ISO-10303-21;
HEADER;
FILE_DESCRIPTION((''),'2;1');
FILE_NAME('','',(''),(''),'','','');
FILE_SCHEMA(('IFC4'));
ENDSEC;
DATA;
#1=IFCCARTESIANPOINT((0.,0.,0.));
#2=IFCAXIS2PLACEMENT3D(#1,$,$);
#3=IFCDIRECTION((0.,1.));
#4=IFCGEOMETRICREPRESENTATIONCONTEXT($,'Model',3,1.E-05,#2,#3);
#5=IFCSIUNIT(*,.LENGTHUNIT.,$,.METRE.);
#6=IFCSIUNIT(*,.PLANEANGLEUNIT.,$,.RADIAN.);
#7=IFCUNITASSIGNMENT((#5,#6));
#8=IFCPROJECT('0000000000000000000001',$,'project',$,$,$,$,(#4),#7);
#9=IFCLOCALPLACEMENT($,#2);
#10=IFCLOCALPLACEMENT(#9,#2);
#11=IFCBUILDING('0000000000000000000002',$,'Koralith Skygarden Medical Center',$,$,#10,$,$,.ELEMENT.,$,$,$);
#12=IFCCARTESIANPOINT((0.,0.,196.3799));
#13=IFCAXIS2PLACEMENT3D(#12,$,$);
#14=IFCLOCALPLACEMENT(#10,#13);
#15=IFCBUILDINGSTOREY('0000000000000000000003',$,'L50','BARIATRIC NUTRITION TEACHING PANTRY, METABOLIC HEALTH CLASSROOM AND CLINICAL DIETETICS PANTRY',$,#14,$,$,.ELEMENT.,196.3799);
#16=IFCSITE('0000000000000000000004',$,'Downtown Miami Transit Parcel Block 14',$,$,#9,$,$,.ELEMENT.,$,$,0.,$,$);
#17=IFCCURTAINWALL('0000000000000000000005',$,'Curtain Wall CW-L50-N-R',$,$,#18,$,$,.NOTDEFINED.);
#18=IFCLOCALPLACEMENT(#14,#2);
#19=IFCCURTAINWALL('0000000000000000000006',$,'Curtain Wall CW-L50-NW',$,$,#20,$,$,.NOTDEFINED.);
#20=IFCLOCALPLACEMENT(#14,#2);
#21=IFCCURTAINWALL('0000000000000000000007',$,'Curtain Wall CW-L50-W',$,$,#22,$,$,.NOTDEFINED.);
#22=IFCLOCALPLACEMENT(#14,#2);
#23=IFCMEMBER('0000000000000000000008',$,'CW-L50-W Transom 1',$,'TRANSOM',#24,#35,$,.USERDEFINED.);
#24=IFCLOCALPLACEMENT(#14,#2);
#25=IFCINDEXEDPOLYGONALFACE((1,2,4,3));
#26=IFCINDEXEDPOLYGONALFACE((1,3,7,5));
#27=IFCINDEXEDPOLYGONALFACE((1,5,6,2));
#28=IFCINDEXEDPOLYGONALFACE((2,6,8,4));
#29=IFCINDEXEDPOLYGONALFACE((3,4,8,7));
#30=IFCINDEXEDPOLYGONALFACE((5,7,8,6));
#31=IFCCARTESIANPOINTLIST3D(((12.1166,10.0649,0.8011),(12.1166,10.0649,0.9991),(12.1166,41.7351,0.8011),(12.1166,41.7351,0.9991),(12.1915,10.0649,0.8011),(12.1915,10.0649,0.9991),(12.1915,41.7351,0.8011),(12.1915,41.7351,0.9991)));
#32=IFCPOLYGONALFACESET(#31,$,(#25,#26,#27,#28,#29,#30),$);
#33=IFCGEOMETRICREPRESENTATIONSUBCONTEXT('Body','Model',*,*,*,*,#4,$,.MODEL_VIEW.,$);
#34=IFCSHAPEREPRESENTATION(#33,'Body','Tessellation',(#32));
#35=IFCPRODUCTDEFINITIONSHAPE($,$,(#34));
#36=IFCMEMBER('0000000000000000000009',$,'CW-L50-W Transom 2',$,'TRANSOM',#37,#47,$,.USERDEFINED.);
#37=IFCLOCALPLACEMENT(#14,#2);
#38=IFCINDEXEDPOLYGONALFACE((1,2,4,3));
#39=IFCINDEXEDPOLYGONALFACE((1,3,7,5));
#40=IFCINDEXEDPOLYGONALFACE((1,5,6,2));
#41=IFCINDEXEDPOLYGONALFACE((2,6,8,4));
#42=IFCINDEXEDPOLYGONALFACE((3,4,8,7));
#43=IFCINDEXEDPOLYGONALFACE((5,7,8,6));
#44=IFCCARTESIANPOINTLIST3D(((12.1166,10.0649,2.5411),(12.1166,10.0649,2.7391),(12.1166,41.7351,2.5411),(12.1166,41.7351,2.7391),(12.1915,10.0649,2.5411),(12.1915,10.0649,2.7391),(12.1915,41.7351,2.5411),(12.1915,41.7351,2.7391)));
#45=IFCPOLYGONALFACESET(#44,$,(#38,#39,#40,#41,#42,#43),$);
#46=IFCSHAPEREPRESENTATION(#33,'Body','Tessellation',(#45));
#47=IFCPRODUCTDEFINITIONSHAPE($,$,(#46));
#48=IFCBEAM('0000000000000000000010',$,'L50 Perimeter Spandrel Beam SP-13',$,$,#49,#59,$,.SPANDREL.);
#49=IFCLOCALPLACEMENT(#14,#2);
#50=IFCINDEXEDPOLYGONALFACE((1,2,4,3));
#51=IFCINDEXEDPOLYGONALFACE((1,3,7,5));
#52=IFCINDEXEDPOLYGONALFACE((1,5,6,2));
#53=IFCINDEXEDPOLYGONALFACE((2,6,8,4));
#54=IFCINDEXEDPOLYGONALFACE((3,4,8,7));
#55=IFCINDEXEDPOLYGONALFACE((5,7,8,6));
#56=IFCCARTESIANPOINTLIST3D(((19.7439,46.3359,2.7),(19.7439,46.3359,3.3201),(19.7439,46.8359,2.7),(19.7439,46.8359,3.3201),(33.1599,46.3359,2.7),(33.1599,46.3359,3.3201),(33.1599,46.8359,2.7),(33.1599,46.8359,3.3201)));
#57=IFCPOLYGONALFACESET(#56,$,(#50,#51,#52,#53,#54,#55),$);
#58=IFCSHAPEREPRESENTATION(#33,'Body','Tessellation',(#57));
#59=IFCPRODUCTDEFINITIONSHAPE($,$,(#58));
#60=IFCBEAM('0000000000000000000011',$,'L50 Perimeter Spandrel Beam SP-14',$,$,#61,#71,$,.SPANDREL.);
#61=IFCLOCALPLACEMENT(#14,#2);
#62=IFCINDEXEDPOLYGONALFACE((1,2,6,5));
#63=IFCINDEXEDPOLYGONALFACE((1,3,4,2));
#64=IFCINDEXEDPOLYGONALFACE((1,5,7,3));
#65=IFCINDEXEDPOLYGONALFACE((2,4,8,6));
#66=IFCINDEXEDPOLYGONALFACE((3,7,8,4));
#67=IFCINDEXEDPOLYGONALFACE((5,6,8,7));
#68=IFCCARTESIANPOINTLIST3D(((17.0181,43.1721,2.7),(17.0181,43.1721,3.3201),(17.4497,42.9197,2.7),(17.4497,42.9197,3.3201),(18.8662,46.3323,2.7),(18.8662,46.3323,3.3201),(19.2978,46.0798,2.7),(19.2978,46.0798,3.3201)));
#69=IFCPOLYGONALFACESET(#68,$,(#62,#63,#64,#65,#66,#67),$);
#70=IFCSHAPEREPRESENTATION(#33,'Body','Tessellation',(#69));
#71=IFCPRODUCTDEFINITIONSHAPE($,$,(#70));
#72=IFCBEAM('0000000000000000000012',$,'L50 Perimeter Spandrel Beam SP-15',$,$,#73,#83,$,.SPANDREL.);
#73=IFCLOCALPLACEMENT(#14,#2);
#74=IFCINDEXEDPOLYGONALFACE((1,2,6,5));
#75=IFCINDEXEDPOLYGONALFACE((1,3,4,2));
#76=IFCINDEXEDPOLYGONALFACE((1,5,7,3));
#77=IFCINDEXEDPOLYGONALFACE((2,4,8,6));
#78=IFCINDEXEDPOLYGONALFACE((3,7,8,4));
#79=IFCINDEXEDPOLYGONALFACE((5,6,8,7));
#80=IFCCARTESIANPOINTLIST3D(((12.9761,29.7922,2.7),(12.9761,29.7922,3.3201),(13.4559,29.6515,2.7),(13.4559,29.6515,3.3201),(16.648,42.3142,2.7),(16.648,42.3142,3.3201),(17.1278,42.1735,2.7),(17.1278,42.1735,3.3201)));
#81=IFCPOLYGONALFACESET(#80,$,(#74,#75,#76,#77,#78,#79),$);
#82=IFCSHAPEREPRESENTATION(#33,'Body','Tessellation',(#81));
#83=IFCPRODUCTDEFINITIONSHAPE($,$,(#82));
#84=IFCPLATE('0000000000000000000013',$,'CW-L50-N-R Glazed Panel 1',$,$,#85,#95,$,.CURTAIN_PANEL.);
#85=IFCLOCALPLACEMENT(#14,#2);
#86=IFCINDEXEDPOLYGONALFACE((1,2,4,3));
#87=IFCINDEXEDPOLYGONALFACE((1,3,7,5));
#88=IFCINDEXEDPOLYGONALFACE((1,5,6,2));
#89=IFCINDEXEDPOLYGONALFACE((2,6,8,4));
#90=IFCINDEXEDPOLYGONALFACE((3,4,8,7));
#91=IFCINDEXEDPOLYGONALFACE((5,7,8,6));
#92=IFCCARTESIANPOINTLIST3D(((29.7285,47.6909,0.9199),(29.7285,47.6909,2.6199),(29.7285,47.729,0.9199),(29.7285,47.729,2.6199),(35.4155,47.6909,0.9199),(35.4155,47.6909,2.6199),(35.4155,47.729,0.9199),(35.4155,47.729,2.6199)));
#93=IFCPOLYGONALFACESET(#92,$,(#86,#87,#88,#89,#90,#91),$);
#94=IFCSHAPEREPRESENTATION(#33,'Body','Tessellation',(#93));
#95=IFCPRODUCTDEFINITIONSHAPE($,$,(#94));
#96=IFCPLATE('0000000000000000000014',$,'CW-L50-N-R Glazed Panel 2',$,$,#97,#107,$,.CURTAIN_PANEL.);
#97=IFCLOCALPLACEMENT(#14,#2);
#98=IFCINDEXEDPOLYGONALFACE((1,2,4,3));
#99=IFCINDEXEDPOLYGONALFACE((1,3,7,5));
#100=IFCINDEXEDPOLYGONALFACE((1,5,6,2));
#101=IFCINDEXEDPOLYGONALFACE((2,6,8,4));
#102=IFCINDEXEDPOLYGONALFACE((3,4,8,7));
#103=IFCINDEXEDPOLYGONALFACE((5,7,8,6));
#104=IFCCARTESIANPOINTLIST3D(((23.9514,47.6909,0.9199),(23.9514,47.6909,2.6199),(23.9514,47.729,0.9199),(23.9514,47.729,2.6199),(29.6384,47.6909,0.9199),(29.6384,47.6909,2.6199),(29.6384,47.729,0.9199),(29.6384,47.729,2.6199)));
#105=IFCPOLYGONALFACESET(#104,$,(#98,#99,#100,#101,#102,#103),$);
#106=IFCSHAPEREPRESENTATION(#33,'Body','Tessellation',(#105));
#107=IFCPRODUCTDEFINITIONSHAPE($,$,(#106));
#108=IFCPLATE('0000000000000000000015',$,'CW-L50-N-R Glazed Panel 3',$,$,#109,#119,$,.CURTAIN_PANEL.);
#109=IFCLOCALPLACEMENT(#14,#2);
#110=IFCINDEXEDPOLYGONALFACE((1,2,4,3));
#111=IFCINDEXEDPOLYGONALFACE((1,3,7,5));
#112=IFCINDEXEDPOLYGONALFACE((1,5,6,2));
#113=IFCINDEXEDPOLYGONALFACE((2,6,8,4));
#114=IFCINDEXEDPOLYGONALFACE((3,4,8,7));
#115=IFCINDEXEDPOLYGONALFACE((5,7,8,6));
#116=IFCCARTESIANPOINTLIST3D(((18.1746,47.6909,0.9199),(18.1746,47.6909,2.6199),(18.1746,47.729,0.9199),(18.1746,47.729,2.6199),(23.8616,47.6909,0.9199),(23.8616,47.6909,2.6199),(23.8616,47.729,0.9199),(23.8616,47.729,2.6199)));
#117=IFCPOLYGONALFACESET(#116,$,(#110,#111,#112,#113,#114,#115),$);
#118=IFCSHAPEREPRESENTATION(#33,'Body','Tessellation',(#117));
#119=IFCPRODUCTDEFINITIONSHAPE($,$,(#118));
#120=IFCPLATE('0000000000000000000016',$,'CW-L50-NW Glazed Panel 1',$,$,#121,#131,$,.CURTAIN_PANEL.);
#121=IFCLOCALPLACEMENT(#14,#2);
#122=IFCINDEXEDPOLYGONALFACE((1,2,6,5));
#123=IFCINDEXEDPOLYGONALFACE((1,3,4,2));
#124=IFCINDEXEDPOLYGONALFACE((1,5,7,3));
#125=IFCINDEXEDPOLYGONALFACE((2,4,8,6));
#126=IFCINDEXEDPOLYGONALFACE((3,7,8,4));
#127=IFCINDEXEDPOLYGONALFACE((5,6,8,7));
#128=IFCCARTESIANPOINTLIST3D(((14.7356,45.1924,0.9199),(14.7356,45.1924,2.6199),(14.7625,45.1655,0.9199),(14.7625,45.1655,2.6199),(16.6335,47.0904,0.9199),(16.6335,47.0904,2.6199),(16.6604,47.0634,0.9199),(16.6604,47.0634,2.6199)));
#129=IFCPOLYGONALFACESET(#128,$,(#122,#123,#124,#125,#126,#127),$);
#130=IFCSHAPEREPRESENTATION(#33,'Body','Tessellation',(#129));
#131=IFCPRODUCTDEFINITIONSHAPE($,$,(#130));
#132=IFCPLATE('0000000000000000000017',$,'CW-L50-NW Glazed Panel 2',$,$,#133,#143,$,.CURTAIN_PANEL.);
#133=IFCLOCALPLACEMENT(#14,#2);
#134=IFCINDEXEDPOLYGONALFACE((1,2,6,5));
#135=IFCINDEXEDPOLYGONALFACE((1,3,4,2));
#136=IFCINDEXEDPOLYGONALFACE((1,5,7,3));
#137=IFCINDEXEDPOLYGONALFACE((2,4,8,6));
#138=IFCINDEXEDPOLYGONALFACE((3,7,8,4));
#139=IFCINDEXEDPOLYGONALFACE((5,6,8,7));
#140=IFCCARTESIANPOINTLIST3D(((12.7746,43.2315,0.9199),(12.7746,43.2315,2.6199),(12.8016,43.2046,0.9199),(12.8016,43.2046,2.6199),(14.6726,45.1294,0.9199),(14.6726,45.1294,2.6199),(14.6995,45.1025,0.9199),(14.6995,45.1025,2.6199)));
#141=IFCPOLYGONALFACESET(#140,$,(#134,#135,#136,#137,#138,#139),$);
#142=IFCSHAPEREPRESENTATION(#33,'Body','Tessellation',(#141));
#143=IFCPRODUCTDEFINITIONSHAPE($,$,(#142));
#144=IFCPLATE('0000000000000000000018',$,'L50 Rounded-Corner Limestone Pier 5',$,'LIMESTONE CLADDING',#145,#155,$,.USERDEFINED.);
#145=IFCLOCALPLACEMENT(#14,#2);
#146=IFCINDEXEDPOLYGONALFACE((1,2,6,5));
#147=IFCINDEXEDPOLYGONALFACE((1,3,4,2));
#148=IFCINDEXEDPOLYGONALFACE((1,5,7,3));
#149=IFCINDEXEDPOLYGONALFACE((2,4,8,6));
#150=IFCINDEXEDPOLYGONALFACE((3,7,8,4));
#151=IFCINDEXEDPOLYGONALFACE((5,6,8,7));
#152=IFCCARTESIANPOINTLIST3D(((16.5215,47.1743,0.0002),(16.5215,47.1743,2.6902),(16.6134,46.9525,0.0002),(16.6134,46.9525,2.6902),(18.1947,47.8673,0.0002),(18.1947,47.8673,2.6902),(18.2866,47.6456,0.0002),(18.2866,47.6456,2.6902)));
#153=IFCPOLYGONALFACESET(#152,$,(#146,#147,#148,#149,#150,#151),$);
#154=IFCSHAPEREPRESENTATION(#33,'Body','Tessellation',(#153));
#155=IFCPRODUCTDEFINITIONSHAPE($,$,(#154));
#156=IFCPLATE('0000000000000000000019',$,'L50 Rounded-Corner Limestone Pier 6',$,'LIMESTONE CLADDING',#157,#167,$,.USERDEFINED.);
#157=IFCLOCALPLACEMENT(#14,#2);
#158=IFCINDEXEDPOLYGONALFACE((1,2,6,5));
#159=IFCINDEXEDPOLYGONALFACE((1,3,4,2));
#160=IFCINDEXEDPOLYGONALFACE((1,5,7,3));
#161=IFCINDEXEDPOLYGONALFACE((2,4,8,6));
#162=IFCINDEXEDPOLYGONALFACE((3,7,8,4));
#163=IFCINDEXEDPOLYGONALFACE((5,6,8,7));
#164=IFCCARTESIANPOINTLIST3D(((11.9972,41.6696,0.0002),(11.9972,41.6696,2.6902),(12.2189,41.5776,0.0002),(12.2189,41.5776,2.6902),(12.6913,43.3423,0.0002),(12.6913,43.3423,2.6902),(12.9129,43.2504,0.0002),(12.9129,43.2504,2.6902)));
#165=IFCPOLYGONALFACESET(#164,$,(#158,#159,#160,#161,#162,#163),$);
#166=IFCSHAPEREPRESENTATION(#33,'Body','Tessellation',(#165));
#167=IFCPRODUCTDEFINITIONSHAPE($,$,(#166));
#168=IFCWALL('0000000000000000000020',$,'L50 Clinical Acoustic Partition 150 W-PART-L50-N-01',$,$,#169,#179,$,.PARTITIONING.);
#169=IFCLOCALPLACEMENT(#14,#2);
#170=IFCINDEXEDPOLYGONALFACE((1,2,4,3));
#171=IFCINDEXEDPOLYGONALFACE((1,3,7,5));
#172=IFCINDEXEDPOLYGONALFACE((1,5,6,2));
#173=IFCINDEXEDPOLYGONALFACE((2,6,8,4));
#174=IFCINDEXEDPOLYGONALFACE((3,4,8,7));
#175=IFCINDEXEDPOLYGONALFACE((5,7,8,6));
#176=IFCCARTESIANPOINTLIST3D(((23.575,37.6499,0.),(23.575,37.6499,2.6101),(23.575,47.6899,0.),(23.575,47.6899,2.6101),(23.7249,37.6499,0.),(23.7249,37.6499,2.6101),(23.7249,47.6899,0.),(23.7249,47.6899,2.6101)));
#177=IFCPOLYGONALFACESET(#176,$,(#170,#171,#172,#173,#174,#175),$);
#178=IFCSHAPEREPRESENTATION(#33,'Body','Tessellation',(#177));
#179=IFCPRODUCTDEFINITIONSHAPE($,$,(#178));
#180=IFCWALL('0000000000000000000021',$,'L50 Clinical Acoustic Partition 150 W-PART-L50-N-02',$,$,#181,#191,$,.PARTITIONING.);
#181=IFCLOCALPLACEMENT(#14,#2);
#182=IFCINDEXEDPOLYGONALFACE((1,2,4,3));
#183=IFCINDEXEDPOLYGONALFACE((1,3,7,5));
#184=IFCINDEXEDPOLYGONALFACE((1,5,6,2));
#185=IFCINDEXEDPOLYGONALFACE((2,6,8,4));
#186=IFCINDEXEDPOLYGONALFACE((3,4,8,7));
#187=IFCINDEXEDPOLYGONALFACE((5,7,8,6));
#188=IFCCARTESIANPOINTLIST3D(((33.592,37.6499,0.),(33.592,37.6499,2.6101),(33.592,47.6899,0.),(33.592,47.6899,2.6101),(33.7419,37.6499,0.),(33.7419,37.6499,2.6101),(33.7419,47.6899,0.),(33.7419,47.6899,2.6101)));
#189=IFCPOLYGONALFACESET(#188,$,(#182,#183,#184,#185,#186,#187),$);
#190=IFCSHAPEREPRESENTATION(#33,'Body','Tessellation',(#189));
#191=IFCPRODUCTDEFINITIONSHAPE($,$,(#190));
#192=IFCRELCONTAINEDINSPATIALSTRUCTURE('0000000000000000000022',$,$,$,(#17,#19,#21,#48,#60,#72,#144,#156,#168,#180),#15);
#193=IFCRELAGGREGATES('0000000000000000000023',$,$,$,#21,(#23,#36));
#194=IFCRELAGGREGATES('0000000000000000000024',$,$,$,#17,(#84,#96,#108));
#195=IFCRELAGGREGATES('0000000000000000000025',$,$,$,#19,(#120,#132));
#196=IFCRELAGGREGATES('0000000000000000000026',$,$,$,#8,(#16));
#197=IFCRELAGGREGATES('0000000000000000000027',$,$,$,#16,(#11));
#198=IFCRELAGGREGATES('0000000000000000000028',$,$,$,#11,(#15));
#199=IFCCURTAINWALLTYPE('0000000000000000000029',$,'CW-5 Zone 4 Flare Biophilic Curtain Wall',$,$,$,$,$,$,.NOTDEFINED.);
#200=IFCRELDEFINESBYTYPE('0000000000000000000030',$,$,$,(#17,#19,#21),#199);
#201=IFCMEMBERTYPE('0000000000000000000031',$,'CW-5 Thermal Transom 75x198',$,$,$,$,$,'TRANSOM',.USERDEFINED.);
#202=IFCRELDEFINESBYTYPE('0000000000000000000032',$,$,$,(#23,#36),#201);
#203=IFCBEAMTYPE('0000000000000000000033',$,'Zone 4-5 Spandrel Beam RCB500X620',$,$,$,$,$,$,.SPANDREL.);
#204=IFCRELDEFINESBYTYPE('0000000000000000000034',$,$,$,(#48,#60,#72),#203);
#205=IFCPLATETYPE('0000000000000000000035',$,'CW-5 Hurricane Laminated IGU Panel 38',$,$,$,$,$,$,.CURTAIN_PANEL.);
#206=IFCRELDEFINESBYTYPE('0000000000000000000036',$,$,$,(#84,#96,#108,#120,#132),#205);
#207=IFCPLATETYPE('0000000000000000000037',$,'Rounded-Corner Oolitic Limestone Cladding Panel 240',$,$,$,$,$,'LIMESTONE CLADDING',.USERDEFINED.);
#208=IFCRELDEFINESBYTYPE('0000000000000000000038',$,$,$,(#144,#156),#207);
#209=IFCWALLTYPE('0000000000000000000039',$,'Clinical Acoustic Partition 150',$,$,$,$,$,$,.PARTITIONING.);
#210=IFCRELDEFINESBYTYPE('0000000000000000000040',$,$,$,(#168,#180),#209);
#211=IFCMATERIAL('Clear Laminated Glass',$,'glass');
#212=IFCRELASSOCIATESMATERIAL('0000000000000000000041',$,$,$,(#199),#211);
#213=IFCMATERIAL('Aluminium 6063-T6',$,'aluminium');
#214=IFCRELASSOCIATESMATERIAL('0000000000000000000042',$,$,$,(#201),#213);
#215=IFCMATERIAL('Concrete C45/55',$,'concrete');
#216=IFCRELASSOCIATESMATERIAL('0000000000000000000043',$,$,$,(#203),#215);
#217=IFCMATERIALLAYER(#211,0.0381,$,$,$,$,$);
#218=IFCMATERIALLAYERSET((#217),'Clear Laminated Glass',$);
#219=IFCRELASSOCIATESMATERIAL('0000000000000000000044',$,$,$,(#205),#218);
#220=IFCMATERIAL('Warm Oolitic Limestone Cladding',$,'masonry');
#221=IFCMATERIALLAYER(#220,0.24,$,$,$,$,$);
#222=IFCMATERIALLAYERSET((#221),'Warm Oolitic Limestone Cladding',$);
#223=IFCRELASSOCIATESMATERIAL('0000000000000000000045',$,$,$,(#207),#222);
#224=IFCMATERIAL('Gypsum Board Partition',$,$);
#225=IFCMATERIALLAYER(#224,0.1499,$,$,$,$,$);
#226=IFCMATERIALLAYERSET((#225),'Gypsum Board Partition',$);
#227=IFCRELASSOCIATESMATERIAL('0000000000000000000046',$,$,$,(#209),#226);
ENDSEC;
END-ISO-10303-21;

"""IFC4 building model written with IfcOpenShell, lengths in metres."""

from ifc_helpers import new_model, si_unit, direction, frame, frame_2d, origin, origin_2d, place, context, subcontext, project, spatial, rectangle, extrude, material, layer, layer_set, material_profile, profile_set, type_object, element, aggregate, save


model = new_model("IFC4")

# Units and contexts
model_context = context("Model", 3, precision=1e-05, world=origin(), true_north=direction((0.0, 1.0)))
body_context = subcontext(model_context, "Body", "Model", "MODEL_VIEW")
ifc_project = project(units=[si_unit("LENGTHUNIT", "METRE"), si_unit("PLANEANGLEUNIT", "RADIAN")], contexts=[model_context])

# Site, building, storey
site_placement = place(None, origin())
site = spatial("IfcSite", under=ifc_project, at=site_placement, Name="Downtown Miami Transit Parcel Block 14", CompositionType="ELEMENT", RefElevation=0.0)
building_placement = place(site_placement, origin())
building = spatial("IfcBuilding", under=site, at=building_placement, Name="Koralith Skygarden Medical Center", CompositionType="ELEMENT")
storey_placement = place(building_placement, frame((0.0, 0.0, 196.3799)))
storey = spatial("IfcBuildingStorey", under=building, at=storey_placement, Name="L50", Description="BARIATRIC NUTRITION TEACHING PANTRY, METABOLIC HEALTH CLASSROOM AND CLINICAL DIETETICS PANTRY", CompositionType="ELEMENT", Elevation=196.3799)

# Curtain walls
ifc_material_1 = material(Name="Clear Laminated Glass", Category="glass")
curtain_wall_type = type_object("IfcCurtainWallType", Name="CW-5 Zone 4 Flare Biophilic Curtain Wall", PredefinedType="NOTDEFINED", material=ifc_material_1)
curtain_wall_1_placement = place(storey_placement, origin())
curtain_wall_1 = element("IfcCurtainWall", 1, at=curtain_wall_1_placement, inside=storey, type_object=curtain_wall_type, Name="Curtain Wall CW-L50-N-R", PredefinedType="NOTDEFINED")
ifc_material_2 = material(Name="Aluminium 6063-T6", Category="aluminium")
curtain_wall_2_placement = place(storey_placement, origin())
curtain_wall_2 = element("IfcCurtainWall", 2, at=curtain_wall_2_placement, inside=storey, type_object=curtain_wall_type, Name="Curtain Wall CW-L50-NW", PredefinedType="NOTDEFINED")

# Curtain wall
curtain_wall_3_placement = place(storey_placement, origin())
curtain_wall_3 = element("IfcCurtainWall", 3, at=curtain_wall_3_placement, inside=storey, type_object=curtain_wall_type, Name="Curtain Wall CW-L50-W", PredefinedType="NOTDEFINED")

# Members
ifc_material_profile_1 = material_profile(ifc_material_2, rectangle(XDim=0.075, YDim=0.198, at=origin_2d()), Name="TRN75X198")
ifc_profile_set_1 = profile_set([ifc_material_profile_1], Name="Aluminium 6063-T6")
member_type_1 = type_object("IfcMemberType", Name="CW-5 Thermal Transom 75x198", ElementType="TRANSOM", PredefinedType="USERDEFINED", material=ifc_profile_set_1)
member_1_placement = place(storey_placement, frame((12.1541, 41.7351, 0.9001), z_axis=(0.0, -1.0, 0.0), x_axis=(1.0, 0.0, 0.0)))
member_1 = element("IfcMember", 4, at=member_1_placement, type_object=member_type_1, Name="CW-L50-W Transom 1", ObjectType="TRANSOM", PredefinedType="USERDEFINED", context=body_context, shape_type="SweptSolid", body=[
    extrude(rectangle(XDim=0.075, YDim=0.198, at=origin_2d()), origin(), (0.0, 0.0, 1.0), 31.6702),
])
member_2_placement = place(storey_placement, frame((12.1541, 41.7351, 2.6401), z_axis=(0.0, -1.0, 0.0), x_axis=(1.0, 0.0, 0.0)))
member_2 = element("IfcMember", 5, at=member_2_placement, type_object=member_type_1, Name="CW-L50-W Transom 2", ObjectType="TRANSOM", PredefinedType="USERDEFINED", context=body_context, shape_type="SweptSolid", body=[
    extrude(rectangle(XDim=0.075, YDim=0.198, at=origin_2d()), origin(), (0.0, 0.0, 1.0), 31.6702),
])
aggregate(curtain_wall_3, [member_1, member_2])

# Beams
ifc_material_3 = material(Name="Concrete C45/55", Category="concrete")
ifc_material_profile_2 = material_profile(ifc_material_3, rectangle(XDim=0.5, YDim=0.6201, at=origin_2d()), Name="RCB500X620")
ifc_profile_set_2 = profile_set([ifc_material_profile_2], Name="Concrete C45/55")
beam_type = type_object("IfcBeamType", Name="Zone 4-5 Spandrel Beam RCB500X620", PredefinedType="SPANDREL", material=ifc_profile_set_2)
beam_1_placement = place(storey_placement, frame((33.1599, 46.5859, 3.01), z_axis=(-1.0, 0.0, 0.0), x_axis=(0.0, -1.0, 0.0)))
element("IfcBeam", 6, at=beam_1_placement, inside=storey, type_object=beam_type, Name="L50 Perimeter Spandrel Beam SP-13", PredefinedType="SPANDREL", context=body_context, shape_type="SweptSolid", body=[
    extrude(rectangle(XDim=0.5, YDim=0.6201, at=origin_2d()), origin(), (0.0, 0.0, 1.0), 13.416),
])
beam_2_placement = place(storey_placement, frame((19.082, 46.2061, 3.01), z_axis=(-0.504833, -0.863217, 0.0), x_axis=(0.863217, -0.504833, 0.0)))
element("IfcBeam", 7, at=beam_2_placement, inside=storey, type_object=beam_type, Name="L50 Perimeter Spandrel Beam SP-14", PredefinedType="SPANDREL", context=body_context, shape_type="SweptSolid", body=[
    extrude(rectangle(XDim=0.5, YDim=0.6201, at=origin_2d()), origin(), (0.0, 0.0, 1.0), 3.6609),
])
beam_3_placement = place(storey_placement, frame((16.8879, 42.2439, 3.01), z_axis=(-0.281386, -0.959595, 0.0), x_axis=(0.959595, -0.281386, 0.0)))
element("IfcBeam", 8, at=beam_3_placement, inside=storey, type_object=beam_type, Name="L50 Perimeter Spandrel Beam SP-15", PredefinedType="SPANDREL", context=body_context, shape_type="SweptSolid", body=[
    extrude(rectangle(XDim=0.5, YDim=0.6201, at=origin_2d()), origin(), (0.0, 0.0, 1.0), 13.0493),
])

# Plates
ifc_layer_1 = layer(ifc_material_1, 0.0381)
ifc_layer_set_1 = layer_set([ifc_layer_1], Name="Clear Laminated Glass")
plate_type_1 = type_object("IfcPlateType", Name="CW-5 Hurricane Laminated IGU Panel 38", PredefinedType="CURTAIN_PANEL", material=ifc_layer_set_1)
plate_1_placement = place(storey_placement, frame((32.572, 47.71, 0.9199), z_axis=(0.0, 0.0, 1.0), x_axis=(-1.0, 0.0, 0.0)))
plate_1 = element("IfcPlate", 9, at=plate_1_placement, type_object=plate_type_1, Name="CW-L50-N-R Glazed Panel 1", PredefinedType="CURTAIN_PANEL", context=body_context, shape_type="SweptSolid", body=[
    extrude(rectangle(XDim=5.687, YDim=0.0381, at=origin_2d()), origin(), (0.0, 0.0, 1.0), 1.7),
])
plate_2_placement = place(storey_placement, frame((26.7949, 47.71, 0.9199), z_axis=(0.0, 0.0, 1.0), x_axis=(-1.0, 0.0, 0.0)))
plate_2 = element("IfcPlate", 10, at=plate_2_placement, type_object=plate_type_1, Name="CW-L50-N-R Glazed Panel 2", PredefinedType="CURTAIN_PANEL", context=body_context, shape_type="SweptSolid", body=[
    extrude(rectangle(XDim=5.687, YDim=0.0381, at=origin_2d()), origin(), (0.0, 0.0, 1.0), 1.7),
])
plate_3_placement = place(storey_placement, frame((21.0181, 47.71, 0.9199), z_axis=(0.0, 0.0, 1.0), x_axis=(-1.0, 0.0, 0.0)))
plate_3 = element("IfcPlate", 11, at=plate_3_placement, type_object=plate_type_1, Name="CW-L50-N-R Glazed Panel 3", PredefinedType="CURTAIN_PANEL", context=body_context, shape_type="SweptSolid", body=[
    extrude(rectangle(XDim=5.687, YDim=0.0381, at=origin_2d()), origin(), (0.0, 0.0, 1.0), 1.7),
])
aggregate(curtain_wall_1, [plate_1, plate_2, plate_3])
plate_4_placement = place(storey_placement, frame((15.698, 46.1279, 0.9199), z_axis=(0.0, 0.0, 1.0), x_axis=(-0.707107, -0.707107, 0.0)))
plate_4 = element("IfcPlate", 12, at=plate_4_placement, type_object=plate_type_1, Name="CW-L50-NW Glazed Panel 1", PredefinedType="CURTAIN_PANEL", context=body_context, shape_type="SweptSolid", body=[
    extrude(rectangle(XDim=2.6841, YDim=0.0381, at=origin_2d()), origin(), (0.0, 0.0, 1.0), 1.7),
])
plate_5_placement = place(storey_placement, frame((13.7371, 44.167, 0.9199), z_axis=(0.0, 0.0, 1.0), x_axis=(-0.707107, -0.707107, 0.0)))
plate_5 = element("IfcPlate", 13, at=plate_5_placement, type_object=plate_type_1, Name="CW-L50-NW Glazed Panel 2", PredefinedType="CURTAIN_PANEL", context=body_context, shape_type="SweptSolid", body=[
    extrude(rectangle(XDim=2.6841, YDim=0.0381, at=origin_2d()), origin(), (0.0, 0.0, 1.0), 1.7),
])
aggregate(curtain_wall_2, [plate_4, plate_5])

# Plates
ifc_material_4 = material(Name="Warm Oolitic Limestone Cladding", Category="masonry")
ifc_layer_2 = layer(ifc_material_4, 0.24)
ifc_layer_set_2 = layer_set([ifc_layer_2], Name="Warm Oolitic Limestone Cladding")
plate_type_2 = type_object("IfcPlateType", Name="Rounded-Corner Oolitic Limestone Cladding Panel 240", ElementType="LIMESTONE CLADDING", PredefinedType="USERDEFINED", material=ifc_layer_set_2)
for number, where, z_axis, x_axis, name in (
    (14, (17.4041, 47.4099, 0.0002), (0.0, 0.0, 1.0), (-0.923885, -0.382671, 0.0), "L50 Rounded-Corner Limestone Pier 5"),
    (15, (12.4551, 42.46, 0.0002), (0.0, 0.0, 1.0), (-0.383214, -0.92366, 0.0), "L50 Rounded-Corner Limestone Pier 6"),
):
    element("IfcPlate", number, at=place(storey_placement, frame(where, z_axis=z_axis, x_axis=x_axis)), inside=storey, type_object=plate_type_2, Name=name, ObjectType="LIMESTONE CLADDING", PredefinedType="USERDEFINED", context=body_context, shape_type="SweptSolid", body=[
        extrude(rectangle(XDim=1.811, YDim=0.24, at=origin_2d()), origin(), (0.0, 0.0, 1.0), 2.6899),
    ])

# Walls
ifc_material_5 = material(Name="Gypsum Board Partition")
ifc_layer_3 = layer(ifc_material_5, 0.1499)
ifc_layer_set_3 = layer_set([ifc_layer_3], Name="Gypsum Board Partition")
wall_type_1 = type_object("IfcWallType", Name="Clinical Acoustic Partition 150", PredefinedType="PARTITIONING", material=ifc_layer_set_3)
for number, where, z_axis, x_axis, name in (
    (16, (23.6499, 37.6499, 0.0), (0.0, 0.0, 1.0), (0.0, 1.0, 0.0), "L50 Clinical Acoustic Partition 150 W-PART-L50-N-01"),
    (17, (33.667, 37.6499, 0.0), (0.0, 0.0, 1.0), (0.0, 1.0, 0.0), "L50 Clinical Acoustic Partition 150 W-PART-L50-N-02"),
):
    element("IfcWall", number, at=place(storey_placement, frame(where, z_axis=z_axis, x_axis=x_axis)), inside=storey, type_object=wall_type_1, Name=name, PredefinedType="PARTITIONING", context=body_context, shape_type="SweptSolid", body=[
        extrude(rectangle(XDim=10.04, YDim=0.1499, at=frame_2d((5.02, 0.0))), origin(), (0.0, 0.0, 1.0), 2.6101),
    ])

save(model, "model.ifc")
